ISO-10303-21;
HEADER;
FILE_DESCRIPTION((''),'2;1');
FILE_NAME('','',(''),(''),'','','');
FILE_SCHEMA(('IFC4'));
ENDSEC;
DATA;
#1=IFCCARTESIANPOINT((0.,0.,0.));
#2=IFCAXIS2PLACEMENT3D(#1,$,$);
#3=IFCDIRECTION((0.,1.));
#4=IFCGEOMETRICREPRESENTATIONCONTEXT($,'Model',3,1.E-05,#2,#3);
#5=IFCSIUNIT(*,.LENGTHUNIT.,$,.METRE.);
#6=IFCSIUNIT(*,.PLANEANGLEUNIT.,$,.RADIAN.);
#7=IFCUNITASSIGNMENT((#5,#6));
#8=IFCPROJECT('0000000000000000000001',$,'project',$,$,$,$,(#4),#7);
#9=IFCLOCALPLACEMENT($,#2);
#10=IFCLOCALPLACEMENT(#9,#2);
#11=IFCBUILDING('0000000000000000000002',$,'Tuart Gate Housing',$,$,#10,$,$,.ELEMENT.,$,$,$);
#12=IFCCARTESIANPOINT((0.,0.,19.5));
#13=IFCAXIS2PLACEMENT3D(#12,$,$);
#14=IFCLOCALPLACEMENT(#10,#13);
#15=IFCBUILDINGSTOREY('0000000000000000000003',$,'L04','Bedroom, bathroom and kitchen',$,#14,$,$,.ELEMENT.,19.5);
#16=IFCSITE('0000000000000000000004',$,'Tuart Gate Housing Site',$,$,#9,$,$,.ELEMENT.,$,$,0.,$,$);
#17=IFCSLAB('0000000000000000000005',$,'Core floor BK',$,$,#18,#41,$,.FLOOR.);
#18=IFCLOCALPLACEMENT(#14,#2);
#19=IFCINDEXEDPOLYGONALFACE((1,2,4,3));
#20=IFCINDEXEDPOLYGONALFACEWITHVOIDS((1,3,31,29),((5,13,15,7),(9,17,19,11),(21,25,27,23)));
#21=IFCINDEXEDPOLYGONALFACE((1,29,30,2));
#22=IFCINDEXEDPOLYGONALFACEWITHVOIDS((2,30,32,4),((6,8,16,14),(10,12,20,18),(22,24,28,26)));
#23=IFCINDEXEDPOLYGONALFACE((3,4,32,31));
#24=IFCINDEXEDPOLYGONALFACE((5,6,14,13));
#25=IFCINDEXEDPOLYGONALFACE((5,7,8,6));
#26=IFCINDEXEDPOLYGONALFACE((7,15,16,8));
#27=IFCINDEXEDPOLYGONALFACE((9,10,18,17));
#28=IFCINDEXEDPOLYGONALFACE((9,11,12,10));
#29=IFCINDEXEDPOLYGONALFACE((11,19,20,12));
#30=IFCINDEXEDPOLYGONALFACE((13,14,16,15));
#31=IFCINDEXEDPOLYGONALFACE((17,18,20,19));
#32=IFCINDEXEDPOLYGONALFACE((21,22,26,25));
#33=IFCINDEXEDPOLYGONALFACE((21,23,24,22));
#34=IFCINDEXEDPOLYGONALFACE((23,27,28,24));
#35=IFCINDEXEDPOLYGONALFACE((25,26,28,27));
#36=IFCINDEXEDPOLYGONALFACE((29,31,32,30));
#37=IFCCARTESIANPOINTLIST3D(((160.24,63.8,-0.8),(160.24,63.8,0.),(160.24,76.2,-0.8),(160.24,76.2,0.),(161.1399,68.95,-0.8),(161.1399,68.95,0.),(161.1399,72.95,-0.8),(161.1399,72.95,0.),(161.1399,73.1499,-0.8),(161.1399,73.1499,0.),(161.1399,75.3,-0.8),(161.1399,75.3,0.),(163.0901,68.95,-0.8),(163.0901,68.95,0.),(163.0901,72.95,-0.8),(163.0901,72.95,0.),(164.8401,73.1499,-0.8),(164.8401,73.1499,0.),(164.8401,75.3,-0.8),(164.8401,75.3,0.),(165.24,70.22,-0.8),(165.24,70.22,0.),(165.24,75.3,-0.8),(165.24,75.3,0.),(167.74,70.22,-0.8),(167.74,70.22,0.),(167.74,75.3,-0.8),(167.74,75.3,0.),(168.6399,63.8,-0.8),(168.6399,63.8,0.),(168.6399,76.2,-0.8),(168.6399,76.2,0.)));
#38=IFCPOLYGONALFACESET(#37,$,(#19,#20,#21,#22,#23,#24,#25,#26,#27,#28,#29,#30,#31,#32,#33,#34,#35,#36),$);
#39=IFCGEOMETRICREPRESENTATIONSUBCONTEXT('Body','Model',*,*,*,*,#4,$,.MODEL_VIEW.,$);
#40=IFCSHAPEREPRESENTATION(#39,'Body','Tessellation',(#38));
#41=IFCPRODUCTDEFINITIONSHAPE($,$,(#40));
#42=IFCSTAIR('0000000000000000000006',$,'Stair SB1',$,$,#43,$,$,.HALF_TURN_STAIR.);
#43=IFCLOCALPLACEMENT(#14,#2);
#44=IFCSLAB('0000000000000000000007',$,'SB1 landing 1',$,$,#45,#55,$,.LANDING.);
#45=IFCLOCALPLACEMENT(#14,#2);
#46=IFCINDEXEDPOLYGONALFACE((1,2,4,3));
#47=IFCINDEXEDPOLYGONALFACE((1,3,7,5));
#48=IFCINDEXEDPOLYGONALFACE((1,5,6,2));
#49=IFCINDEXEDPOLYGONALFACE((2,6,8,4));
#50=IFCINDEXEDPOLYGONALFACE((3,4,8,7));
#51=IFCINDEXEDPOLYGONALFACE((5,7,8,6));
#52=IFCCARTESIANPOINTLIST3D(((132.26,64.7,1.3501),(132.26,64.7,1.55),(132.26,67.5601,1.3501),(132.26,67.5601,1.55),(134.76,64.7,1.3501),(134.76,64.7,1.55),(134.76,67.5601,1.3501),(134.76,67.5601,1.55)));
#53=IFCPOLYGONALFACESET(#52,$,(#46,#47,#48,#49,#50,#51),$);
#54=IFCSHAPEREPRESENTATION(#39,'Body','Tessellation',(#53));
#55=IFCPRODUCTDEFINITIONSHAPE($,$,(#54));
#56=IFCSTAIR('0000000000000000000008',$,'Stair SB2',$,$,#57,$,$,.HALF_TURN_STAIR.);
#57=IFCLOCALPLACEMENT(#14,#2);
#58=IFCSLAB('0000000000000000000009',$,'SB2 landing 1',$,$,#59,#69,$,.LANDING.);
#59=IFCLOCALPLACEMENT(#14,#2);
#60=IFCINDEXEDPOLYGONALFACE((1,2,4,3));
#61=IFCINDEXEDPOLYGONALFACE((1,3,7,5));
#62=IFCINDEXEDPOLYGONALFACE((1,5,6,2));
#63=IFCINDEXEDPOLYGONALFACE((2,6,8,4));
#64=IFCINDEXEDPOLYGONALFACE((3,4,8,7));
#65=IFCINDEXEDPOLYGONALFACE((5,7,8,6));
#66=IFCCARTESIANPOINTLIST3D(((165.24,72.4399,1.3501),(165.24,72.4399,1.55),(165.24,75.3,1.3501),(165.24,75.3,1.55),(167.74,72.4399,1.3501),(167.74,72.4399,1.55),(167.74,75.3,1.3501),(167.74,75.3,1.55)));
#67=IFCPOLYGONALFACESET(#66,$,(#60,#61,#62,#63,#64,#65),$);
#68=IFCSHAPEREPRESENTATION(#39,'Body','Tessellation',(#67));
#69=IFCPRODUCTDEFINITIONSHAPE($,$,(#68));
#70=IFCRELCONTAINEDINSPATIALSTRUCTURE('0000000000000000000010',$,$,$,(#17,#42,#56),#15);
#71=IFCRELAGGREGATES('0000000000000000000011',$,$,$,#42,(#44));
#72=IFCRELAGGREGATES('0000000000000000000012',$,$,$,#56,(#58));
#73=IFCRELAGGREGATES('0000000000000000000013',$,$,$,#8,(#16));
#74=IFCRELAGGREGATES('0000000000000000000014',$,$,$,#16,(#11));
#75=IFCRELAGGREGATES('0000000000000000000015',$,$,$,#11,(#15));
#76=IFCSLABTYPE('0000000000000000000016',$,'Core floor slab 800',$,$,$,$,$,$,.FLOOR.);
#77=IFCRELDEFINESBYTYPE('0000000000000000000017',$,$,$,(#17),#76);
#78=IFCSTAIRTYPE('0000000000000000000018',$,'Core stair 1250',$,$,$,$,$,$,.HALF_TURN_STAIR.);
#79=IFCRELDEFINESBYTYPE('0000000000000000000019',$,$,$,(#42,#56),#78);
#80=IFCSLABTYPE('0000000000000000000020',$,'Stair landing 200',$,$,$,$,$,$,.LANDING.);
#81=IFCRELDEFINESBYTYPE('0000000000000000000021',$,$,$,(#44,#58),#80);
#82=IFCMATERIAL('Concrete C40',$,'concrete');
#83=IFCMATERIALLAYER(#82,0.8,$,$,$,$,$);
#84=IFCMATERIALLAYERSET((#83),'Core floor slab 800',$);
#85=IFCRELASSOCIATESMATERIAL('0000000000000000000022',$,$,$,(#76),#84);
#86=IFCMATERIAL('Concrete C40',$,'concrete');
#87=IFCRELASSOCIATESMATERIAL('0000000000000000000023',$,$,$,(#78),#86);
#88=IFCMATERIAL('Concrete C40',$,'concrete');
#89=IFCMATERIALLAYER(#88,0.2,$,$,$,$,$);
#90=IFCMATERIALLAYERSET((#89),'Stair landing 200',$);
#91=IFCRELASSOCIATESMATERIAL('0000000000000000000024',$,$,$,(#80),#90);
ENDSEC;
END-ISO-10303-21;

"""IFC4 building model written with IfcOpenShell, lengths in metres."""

from ifc_helpers import new_model, si_unit, direction, frame, origin, place, context, subcontext, project, spatial, polyline, outline, extrude, material, layer, layer_set, type_object, element, aggregate, save


model = new_model("IFC4")

# Units and contexts
model_context = context("Model", 3, precision=1e-05, world=origin(), true_north=direction((0.0, 1.0)))
body_context = subcontext(model_context, "Body", "Model", "MODEL_VIEW")
ifc_project = project(units=[si_unit("LENGTHUNIT", "METRE"), si_unit("PLANEANGLEUNIT", "RADIAN")], contexts=[model_context])

# Site, building, storey
site_placement = place(None, origin())
site = spatial("IfcSite", under=ifc_project, at=site_placement, Name="Tuart Gate Housing Site", CompositionType="ELEMENT", RefElevation=0.0)
building_placement = place(site_placement, origin())
building = spatial("IfcBuilding", under=site, at=building_placement, Name="Tuart Gate Housing", CompositionType="ELEMENT")
storey_placement = place(building_placement, frame((0.0, 0.0, 19.5)))
storey = spatial("IfcBuildingStorey", under=building, at=storey_placement, Name="L04", Description="Bedroom, bathroom and kitchen", CompositionType="ELEMENT", Elevation=19.5)

# Slab
ifc_material_1 = material(Name="Concrete C40", Category="concrete")
ifc_layer_1 = layer(ifc_material_1, 0.8)
ifc_layer_set_1 = layer_set([ifc_layer_1], Name="Core floor slab 800")
slab_type_1 = type_object("IfcSlabType", Name="Core floor slab 800", PredefinedType="FLOOR", material=ifc_layer_set_1)
slab_1_placement = place(storey_placement, frame((0.0, 0.0, -0.8)))
element("IfcSlab", 1, at=slab_1_placement, inside=storey, type_object=slab_type_1, Name="Core floor BK", PredefinedType="FLOOR", context=body_context, shape_type="SweptSolid", body=[
    extrude(outline(polyline([(160.24, 63.8), (168.6399, 63.8), (168.6399, 76.2), (160.24, 76.2), (160.24, 63.8)]), holes=[polyline([(161.1399, 73.1499), (164.8401, 73.1499), (164.8401, 75.3), (161.1399, 75.3), (161.1399, 73.1499)]), polyline([(161.1399, 68.95), (163.0901, 68.95), (163.0901, 72.95), (161.1399, 72.95), (161.1399, 68.95)]), polyline([(165.24, 70.22), (167.74, 70.22), (167.74, 75.3), (165.24, 75.3), (165.24, 70.22)])]), origin(), (0.0, 0.0, 1.0), 0.8),
])

# Stairs, slabs
ifc_material_2 = material(Name="Concrete C40", Category="concrete")
stair_type = type_object("IfcStairType", Name="Core stair 1250", PredefinedType="HALF_TURN_STAIR", material=ifc_material_2)
stair_1_placement = place(storey_placement, origin())
stair_1 = element("IfcStair", 2, at=stair_1_placement, inside=storey, type_object=stair_type, Name="Stair SB1", PredefinedType="HALF_TURN_STAIR")
ifc_material_3 = material(Name="Concrete C40", Category="concrete")
ifc_layer_2 = layer(ifc_material_3, 0.2)
ifc_layer_set_2 = layer_set([ifc_layer_2], Name="Stair landing 200")
slab_type_2 = type_object("IfcSlabType", Name="Stair landing 200", PredefinedType="LANDING", material=ifc_layer_set_2)
slab_2_placement = place(storey_placement, frame((0.0, 0.0, 1.3501)))
slab_2 = element("IfcSlab", 3, at=slab_2_placement, type_object=slab_type_2, Name="SB1 landing 1", PredefinedType="LANDING", context=body_context, shape_type="SweptSolid", body=[
    extrude(outline(polyline([(134.76, 67.5601), (132.26, 67.5601), (132.26, 64.7), (134.76, 64.7), (134.76, 67.5601)])), origin(), (0.0, 0.0, 1.0), 0.2),
])
aggregate(stair_1, [slab_2])
stair_2_placement = place(storey_placement, origin())
stair_2 = element("IfcStair", 4, at=stair_2_placement, inside=storey, type_object=stair_type, Name="Stair SB2", PredefinedType="HALF_TURN_STAIR")
slab_3_placement = place(storey_placement, frame((0.0, 0.0, 1.3501)))
slab_3 = element("IfcSlab", 5, at=slab_3_placement, type_object=slab_type_2, Name="SB2 landing 1", PredefinedType="LANDING", context=body_context, shape_type="SweptSolid", body=[
    extrude(outline(polyline([(165.24, 72.4399), (167.74, 72.4399), (167.74, 75.3), (165.24, 75.3), (165.24, 72.4399)])), origin(), (0.0, 0.0, 1.0), 0.2),
])
aggregate(stair_2, [slab_3])

save(model, "model.ifc")
